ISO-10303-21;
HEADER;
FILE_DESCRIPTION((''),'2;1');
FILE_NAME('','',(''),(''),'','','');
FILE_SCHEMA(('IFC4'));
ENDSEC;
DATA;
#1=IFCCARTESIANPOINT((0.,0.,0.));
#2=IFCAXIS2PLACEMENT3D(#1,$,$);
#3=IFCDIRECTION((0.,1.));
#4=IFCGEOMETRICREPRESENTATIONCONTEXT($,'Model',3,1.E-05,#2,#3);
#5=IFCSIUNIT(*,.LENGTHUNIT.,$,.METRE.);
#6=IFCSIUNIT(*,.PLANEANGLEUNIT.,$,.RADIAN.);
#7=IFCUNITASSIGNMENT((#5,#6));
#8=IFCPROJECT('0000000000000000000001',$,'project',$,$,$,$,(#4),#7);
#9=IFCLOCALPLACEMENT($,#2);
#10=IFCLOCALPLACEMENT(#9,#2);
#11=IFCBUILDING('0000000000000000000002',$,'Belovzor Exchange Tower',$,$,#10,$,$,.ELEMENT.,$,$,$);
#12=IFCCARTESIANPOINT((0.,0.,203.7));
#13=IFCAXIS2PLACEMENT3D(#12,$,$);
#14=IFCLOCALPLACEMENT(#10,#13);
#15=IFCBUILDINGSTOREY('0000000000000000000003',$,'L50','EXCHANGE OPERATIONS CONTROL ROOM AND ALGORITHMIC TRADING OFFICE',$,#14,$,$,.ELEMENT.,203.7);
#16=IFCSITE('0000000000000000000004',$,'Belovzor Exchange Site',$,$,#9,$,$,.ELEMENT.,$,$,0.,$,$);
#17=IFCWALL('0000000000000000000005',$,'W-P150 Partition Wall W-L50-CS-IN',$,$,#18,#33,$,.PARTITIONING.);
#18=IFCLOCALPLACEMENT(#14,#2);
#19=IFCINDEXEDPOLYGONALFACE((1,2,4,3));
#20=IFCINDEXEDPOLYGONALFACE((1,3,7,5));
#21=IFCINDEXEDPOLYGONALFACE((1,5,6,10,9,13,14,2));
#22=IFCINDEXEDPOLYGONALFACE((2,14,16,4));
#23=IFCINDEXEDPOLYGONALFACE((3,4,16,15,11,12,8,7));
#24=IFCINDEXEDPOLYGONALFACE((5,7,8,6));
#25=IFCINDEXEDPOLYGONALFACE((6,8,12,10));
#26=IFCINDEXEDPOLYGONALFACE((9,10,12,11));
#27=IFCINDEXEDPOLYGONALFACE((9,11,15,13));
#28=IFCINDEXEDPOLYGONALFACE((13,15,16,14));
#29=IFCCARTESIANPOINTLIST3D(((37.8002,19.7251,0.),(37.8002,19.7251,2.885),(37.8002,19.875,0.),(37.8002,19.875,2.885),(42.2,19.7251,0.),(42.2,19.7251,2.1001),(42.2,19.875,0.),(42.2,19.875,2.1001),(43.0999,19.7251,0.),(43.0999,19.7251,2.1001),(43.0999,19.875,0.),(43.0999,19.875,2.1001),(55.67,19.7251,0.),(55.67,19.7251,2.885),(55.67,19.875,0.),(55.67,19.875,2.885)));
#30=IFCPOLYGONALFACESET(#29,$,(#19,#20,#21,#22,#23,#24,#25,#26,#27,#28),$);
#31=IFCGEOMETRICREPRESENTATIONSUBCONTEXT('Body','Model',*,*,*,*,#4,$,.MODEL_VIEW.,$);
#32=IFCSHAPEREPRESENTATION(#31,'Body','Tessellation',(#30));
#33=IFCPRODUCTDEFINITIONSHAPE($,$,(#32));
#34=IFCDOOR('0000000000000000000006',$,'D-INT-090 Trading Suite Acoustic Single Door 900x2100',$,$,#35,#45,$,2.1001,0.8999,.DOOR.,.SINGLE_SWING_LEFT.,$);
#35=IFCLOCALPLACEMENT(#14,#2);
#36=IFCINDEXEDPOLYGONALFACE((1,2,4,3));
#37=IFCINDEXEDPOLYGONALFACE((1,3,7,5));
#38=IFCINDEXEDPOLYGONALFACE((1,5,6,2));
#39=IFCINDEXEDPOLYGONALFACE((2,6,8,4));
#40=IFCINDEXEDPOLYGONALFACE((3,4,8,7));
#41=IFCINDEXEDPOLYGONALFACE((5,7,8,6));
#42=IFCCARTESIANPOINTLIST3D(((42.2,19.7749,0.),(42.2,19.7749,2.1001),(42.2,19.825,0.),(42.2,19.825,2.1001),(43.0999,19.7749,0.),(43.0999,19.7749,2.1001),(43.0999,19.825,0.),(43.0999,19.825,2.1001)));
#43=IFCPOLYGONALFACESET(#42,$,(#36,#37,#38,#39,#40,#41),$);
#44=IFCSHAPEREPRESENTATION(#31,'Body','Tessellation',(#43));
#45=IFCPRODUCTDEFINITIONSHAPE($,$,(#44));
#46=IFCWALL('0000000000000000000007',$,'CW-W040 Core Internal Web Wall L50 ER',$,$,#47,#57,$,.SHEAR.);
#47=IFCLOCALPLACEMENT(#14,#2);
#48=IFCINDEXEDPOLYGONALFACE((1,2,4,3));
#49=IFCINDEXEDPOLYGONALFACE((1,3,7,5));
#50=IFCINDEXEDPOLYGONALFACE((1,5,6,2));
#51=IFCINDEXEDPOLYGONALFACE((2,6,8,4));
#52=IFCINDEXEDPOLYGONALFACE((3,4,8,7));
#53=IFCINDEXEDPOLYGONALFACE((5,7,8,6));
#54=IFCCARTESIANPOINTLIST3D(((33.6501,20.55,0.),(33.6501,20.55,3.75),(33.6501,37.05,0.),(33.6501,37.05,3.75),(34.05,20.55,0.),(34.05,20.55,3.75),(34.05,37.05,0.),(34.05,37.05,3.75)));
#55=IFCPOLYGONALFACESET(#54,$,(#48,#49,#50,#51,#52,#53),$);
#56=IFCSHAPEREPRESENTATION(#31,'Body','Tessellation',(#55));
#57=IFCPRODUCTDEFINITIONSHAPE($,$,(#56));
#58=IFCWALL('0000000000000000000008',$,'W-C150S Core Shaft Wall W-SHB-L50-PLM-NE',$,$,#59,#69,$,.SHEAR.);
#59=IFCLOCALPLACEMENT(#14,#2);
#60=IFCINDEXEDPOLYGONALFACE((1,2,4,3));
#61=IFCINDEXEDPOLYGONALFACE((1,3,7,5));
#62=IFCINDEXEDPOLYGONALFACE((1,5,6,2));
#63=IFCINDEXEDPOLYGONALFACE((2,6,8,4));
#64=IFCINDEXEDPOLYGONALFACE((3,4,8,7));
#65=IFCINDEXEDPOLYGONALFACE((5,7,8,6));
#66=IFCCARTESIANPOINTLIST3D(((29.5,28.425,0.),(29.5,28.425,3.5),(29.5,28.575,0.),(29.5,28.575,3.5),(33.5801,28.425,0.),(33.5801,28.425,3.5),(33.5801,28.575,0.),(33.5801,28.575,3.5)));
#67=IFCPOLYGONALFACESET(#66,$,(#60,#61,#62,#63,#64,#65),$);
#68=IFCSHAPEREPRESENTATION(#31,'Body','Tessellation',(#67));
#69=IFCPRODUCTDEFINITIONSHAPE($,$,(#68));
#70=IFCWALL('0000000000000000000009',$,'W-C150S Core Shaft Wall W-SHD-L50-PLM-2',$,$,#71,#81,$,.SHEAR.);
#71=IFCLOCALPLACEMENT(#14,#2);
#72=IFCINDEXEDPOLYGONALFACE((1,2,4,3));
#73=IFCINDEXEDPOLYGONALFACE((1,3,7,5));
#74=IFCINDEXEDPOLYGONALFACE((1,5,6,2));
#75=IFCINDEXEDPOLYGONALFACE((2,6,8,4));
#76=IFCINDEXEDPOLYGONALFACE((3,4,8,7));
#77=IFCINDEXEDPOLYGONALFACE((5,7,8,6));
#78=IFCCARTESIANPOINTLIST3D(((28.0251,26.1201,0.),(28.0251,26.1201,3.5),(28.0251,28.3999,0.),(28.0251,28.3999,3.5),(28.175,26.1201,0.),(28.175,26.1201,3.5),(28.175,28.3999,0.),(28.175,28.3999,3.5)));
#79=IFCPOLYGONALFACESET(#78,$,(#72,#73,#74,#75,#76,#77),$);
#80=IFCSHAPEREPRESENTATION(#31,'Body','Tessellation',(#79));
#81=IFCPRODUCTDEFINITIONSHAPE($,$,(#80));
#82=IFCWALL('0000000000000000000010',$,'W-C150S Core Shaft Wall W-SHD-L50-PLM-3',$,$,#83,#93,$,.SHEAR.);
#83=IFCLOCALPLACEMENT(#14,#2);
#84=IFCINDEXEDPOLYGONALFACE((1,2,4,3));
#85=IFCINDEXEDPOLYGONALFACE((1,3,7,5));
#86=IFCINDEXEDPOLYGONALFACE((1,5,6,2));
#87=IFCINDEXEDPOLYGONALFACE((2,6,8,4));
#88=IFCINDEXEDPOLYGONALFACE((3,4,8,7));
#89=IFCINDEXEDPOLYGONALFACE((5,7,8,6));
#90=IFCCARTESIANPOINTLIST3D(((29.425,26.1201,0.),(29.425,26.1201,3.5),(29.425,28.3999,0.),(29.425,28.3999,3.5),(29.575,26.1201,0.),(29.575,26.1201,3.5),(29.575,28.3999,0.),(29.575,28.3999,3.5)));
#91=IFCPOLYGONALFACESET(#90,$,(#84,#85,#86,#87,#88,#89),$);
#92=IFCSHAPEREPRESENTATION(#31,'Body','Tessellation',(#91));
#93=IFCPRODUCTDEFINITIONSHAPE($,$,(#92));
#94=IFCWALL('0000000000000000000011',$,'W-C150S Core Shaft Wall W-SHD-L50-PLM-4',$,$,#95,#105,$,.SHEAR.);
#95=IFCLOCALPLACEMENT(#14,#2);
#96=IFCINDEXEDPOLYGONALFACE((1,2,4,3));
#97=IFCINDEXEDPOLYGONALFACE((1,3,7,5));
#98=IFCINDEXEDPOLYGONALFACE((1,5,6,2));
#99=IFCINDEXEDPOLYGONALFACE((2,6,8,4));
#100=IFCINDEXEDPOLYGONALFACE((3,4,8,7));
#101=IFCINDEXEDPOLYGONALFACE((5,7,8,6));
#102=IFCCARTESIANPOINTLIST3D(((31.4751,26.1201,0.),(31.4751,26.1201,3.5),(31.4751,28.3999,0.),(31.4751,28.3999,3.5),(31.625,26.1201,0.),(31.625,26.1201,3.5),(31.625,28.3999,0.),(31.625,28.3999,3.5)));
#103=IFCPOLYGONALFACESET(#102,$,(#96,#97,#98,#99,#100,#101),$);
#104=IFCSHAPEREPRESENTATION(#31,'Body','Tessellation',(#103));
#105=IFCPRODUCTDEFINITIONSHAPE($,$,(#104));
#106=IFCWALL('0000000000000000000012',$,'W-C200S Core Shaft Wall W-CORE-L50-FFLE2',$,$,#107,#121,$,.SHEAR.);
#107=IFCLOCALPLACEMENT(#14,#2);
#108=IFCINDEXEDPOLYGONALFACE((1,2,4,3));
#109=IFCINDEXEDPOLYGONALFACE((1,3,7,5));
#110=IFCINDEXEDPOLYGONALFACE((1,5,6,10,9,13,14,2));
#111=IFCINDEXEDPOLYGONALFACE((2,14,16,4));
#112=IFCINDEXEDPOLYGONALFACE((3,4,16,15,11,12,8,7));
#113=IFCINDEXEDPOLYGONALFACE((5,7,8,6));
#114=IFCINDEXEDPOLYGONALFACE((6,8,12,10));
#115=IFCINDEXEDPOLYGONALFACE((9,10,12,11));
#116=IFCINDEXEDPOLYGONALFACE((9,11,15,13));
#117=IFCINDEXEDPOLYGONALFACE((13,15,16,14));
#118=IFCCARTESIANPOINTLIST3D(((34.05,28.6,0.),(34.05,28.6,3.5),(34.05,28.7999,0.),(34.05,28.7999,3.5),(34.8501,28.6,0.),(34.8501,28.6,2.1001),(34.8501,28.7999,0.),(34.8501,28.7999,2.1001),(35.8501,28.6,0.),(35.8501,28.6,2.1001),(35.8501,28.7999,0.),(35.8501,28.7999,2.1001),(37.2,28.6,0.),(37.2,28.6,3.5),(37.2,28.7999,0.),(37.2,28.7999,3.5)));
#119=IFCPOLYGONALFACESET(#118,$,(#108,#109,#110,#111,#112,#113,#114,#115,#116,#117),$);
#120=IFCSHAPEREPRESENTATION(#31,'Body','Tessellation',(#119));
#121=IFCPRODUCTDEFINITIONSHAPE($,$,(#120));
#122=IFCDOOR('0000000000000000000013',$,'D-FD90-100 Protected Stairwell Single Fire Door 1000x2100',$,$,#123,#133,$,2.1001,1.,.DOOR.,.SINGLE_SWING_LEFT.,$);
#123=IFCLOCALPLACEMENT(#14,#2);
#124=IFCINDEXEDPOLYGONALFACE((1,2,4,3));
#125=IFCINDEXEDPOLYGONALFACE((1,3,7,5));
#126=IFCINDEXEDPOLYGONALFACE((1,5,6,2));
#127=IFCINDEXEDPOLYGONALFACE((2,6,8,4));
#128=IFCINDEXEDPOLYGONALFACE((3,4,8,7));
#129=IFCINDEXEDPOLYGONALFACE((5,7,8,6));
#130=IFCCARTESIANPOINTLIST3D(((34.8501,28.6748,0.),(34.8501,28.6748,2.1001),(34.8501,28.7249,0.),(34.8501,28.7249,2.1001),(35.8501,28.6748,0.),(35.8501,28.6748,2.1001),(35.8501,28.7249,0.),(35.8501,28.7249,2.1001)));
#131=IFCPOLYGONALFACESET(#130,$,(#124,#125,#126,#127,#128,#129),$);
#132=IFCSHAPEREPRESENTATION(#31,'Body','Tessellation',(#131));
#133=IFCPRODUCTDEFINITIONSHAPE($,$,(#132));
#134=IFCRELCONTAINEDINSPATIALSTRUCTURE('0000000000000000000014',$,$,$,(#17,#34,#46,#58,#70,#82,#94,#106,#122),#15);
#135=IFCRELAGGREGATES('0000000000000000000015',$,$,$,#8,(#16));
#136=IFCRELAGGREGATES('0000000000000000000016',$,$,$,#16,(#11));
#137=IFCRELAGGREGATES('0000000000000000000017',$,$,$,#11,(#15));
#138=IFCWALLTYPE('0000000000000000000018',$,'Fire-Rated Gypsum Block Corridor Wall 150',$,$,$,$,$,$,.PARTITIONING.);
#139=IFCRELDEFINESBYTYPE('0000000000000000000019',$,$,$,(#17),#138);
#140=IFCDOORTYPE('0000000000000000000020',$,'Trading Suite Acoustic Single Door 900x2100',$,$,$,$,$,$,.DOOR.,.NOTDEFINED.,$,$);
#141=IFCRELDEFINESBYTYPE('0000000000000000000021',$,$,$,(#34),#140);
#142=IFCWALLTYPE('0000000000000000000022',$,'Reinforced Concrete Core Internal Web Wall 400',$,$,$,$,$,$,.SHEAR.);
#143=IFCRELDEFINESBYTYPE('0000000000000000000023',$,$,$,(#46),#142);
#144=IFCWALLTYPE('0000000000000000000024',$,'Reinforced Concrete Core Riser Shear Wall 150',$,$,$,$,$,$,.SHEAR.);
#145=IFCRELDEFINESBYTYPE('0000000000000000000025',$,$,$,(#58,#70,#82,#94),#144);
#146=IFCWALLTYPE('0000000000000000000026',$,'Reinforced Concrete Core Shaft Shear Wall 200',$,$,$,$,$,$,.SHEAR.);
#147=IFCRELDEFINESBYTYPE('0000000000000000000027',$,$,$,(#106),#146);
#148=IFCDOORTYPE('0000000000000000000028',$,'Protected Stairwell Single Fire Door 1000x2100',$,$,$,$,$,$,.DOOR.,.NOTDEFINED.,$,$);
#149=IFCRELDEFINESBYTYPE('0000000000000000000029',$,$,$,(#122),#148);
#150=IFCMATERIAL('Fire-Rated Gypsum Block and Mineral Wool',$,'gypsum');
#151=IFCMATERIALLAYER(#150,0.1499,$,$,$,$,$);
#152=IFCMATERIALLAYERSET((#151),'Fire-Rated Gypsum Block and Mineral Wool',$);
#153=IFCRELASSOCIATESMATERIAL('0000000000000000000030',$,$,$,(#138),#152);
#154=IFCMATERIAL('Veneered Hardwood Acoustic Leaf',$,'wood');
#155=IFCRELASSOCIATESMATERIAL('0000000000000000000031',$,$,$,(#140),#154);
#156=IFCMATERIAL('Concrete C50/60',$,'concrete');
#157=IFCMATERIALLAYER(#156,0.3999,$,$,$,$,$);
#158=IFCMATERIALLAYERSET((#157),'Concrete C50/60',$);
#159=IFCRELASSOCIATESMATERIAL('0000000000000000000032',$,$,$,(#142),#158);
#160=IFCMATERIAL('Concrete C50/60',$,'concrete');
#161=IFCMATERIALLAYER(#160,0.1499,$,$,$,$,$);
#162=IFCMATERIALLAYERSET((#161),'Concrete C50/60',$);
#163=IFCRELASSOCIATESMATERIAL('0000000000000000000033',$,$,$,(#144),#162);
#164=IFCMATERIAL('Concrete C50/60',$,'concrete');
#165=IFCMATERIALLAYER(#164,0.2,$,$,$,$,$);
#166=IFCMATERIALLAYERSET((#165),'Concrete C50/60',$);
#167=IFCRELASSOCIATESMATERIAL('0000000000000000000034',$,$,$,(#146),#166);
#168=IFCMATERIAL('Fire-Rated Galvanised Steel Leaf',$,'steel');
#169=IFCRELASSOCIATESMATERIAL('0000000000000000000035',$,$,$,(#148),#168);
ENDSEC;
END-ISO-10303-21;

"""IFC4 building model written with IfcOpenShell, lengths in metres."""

from ifc_helpers import new_model, si_unit, direction, frame, frame_2d, origin, place, context, subcontext, project, spatial, rectangle, extrude, material, layer, layer_set, type_object, element, fill, save


model = new_model("IFC4")

# Units and contexts
model_context = context("Model", 3, precision=1e-05, world=origin(), true_north=direction((0.0, 1.0)))
body_context = subcontext(model_context, "Body", "Model", "MODEL_VIEW")
ifc_project = project(units=[si_unit("LENGTHUNIT", "METRE"), si_unit("PLANEANGLEUNIT", "RADIAN")], contexts=[model_context])

# Site, building, storey
site_placement = place(None, origin())
site = spatial("IfcSite", under=ifc_project, at=site_placement, Name="Belovzor Exchange Site", CompositionType="ELEMENT", RefElevation=0.0)
building_placement = place(site_placement, origin())
building = spatial("IfcBuilding", under=site, at=building_placement, Name="Belovzor Exchange Tower", CompositionType="ELEMENT")
storey_placement = place(building_placement, frame((0.0, 0.0, 203.7)))
storey = spatial("IfcBuildingStorey", under=building, at=storey_placement, Name="L50", Description="EXCHANGE OPERATIONS CONTROL ROOM AND ALGORITHMIC TRADING OFFICE", CompositionType="ELEMENT", Elevation=203.7)

# Shared definitions
ifc_material_1 = material(Name="Fire-Rated Gypsum Block and Mineral Wool", Category="gypsum")
ifc_layer_1 = layer(ifc_material_1, 0.1499)
ifc_layer_set_1 = layer_set([ifc_layer_1], Name="Fire-Rated Gypsum Block and Mineral Wool")
wall_type_1 = type_object("IfcWallType", Name="Fire-Rated Gypsum Block Corridor Wall 150", PredefinedType="PARTITIONING", material=ifc_layer_set_1)

# Wall, opening, door
wall_1_placement = place(storey_placement, frame((37.8, 19.8, 0.0), z_axis=(0.0, 0.0, 1.0), x_axis=(1.0, 0.0, 0.0)))
wall_1 = element("IfcWall", 1, at=wall_1_placement, inside=storey, type_object=wall_type_1, Name="W-P150 Partition Wall W-L50-CS-IN", PredefinedType="PARTITIONING", context=body_context, shape_type="SweptSolid", body=[
    extrude(rectangle(XDim=17.8699, YDim=0.1499, at=frame_2d((8.9351, 0.0))), origin(), (0.0, 0.0, 1.0), 2.885),
])
opening_1_placement = place(wall_1_placement, frame((4.3999, 0.0, 0.0)))
opening_1 = element("IfcOpeningElement", 2, at=opening_1_placement, cuts=wall_1, PredefinedType="OPENING", context=body_context, shape_type="SweptSolid", body=[
    extrude(rectangle(XDim=0.8999, YDim=2.1001, at=frame_2d((0.45, 1.05))), frame((0.0, 0.085, 0.0), z_axis=(0.0, -1.0, 0.0), x_axis=(1.0, 0.0, 0.0)), (0.0, 0.0, 1.0), 0.1699),
])
ifc_material_2 = material(Name="Veneered Hardwood Acoustic Leaf", Category="wood")
door_type_1 = type_object("IfcDoorType", Name="Trading Suite Acoustic Single Door 900x2100", OperationType="NOTDEFINED", PredefinedType="DOOR", material=ifc_material_2)
door_1_placement = place(opening_1_placement, origin())
door_1 = element("IfcDoor", 3, at=door_1_placement, inside=storey, type_object=door_type_1, Name="D-INT-090 Trading Suite Acoustic Single Door 900x2100", OperationType="SINGLE_SWING_LEFT", OverallHeight=2.1001, OverallWidth=0.8999, PredefinedType="DOOR", context=body_context, shape_type="SweptSolid", body=[
    extrude(rectangle(XDim=0.8999, YDim=2.1001, at=frame_2d((0.45, 1.05))), frame((0.0, 0.0249, 0.0), z_axis=(0.0, -1.0, 0.0), x_axis=(1.0, 0.0, 0.0)), (0.0, 0.0, 1.0), 0.05),
])
fill(opening_1, door_1)

# Walls
ifc_material_3 = material(Name="Concrete C50/60", Category="concrete")
ifc_layer_2 = layer(ifc_material_3, 0.3999)
ifc_layer_set_2 = layer_set([ifc_layer_2], Name="Concrete C50/60")
wall_type_2 = type_object("IfcWallType", Name="Reinforced Concrete Core Internal Web Wall 400", PredefinedType="SHEAR", material=ifc_layer_set_2)
wall_2_placement = place(storey_placement, frame((33.8501, 20.55, 0.0), z_axis=(0.0, 0.0, 1.0), x_axis=(0.0, 1.0, 0.0)))
element("IfcWall", 4, at=wall_2_placement, inside=storey, type_object=wall_type_2, Name="CW-W040 Core Internal Web Wall L50 ER", PredefinedType="SHEAR", context=body_context, shape_type="SweptSolid", body=[
    extrude(rectangle(XDim=16.5, YDim=0.3999, at=frame_2d((8.25, 0.0))), origin(), (0.0, 0.0, 1.0), 3.75),
])
ifc_material_4 = material(Name="Concrete C50/60", Category="concrete")
ifc_layer_3 = layer(ifc_material_4, 0.1499)
ifc_layer_set_3 = layer_set([ifc_layer_3], Name="Concrete C50/60")
wall_type_3 = type_object("IfcWallType", Name="Reinforced Concrete Core Riser Shear Wall 150", PredefinedType="SHEAR", material=ifc_layer_set_3)
wall_3_placement = place(storey_placement, frame((29.5, 28.5, 0.0), z_axis=(0.0, 0.0, 1.0), x_axis=(1.0, 0.0, 0.0)))
element("IfcWall", 5, at=wall_3_placement, inside=storey, type_object=wall_type_3, Name="W-C150S Core Shaft Wall W-SHB-L50-PLM-NE", PredefinedType="SHEAR", context=body_context, shape_type="SweptSolid", body=[
    extrude(rectangle(XDim=4.0801, YDim=0.1499, at=frame_2d((2.04, 0.0))), origin(), (0.0, 0.0, 1.0), 3.5),
])
for number, where, z_axis, x_axis, name in (
    (6, (28.1001, 26.1201, 0.0), (0.0, 0.0, 1.0), (0.0, 1.0, 0.0), "W-C150S Core Shaft Wall W-SHD-L50-PLM-2"),
    (7, (29.5, 26.1201, 0.0), (0.0, 0.0, 1.0), (0.0, 1.0, 0.0), "W-C150S Core Shaft Wall W-SHD-L50-PLM-3"),
    (8, (31.55, 26.1201, 0.0), (0.0, 0.0, 1.0), (0.0, 1.0, 0.0), "W-C150S Core Shaft Wall W-SHD-L50-PLM-4"),
):
    element("IfcWall", number, at=place(storey_placement, frame(where, z_axis=z_axis, x_axis=x_axis)), inside=storey, type_object=wall_type_3, Name=name, PredefinedType="SHEAR", context=body_context, shape_type="SweptSolid", body=[
        extrude(rectangle(XDim=2.2798, YDim=0.1499, at=frame_2d((1.1399, 0.0))), origin(), (0.0, 0.0, 1.0), 3.5),
    ])

# Wall, opening, door
ifc_material_5 = material(Name="Concrete C50/60", Category="concrete")
ifc_layer_4 = layer(ifc_material_5, 0.2)
ifc_layer_set_4 = layer_set([ifc_layer_4], Name="Concrete C50/60")
wall_type_4 = type_object("IfcWallType", Name="Reinforced Concrete Core Shaft Shear Wall 200", PredefinedType="SHEAR", material=ifc_layer_set_4)
wall_4_placement = place(storey_placement, frame((34.05, 28.7, 0.0), z_axis=(0.0, 0.0, 1.0), x_axis=(1.0, 0.0, 0.0)))
wall_4 = element("IfcWall", 9, at=wall_4_placement, inside=storey, type_object=wall_type_4, Name="W-C200S Core Shaft Wall W-CORE-L50-FFLE2", PredefinedType="SHEAR", context=body_context, shape_type="SweptSolid", body=[
    extrude(rectangle(XDim=3.1499, YDim=0.2, at=frame_2d((1.575, 0.0))), origin(), (0.0, 0.0, 1.0), 3.5),
])
opening_2_placement = place(wall_4_placement, frame((0.8, 0.0, 0.0)))
opening_2 = element("IfcOpeningElement", 10, at=opening_2_placement, cuts=wall_4, PredefinedType="OPENING", context=body_context, shape_type="SweptSolid", body=[
    extrude(rectangle(XDim=1.0, YDim=2.1001, at=frame_2d((0.5, 1.05))), frame((0.0, 0.1099, 0.0), z_axis=(0.0, -1.0, 0.0), x_axis=(1.0, 0.0, 0.0)), (0.0, 0.0, 1.0), 0.22),
])
ifc_material_6 = material(Name="Fire-Rated Galvanised Steel Leaf", Category="steel")
door_type_2 = type_object("IfcDoorType", Name="Protected Stairwell Single Fire Door 1000x2100", OperationType="NOTDEFINED", PredefinedType="DOOR", material=ifc_material_6)
door_2_placement = place(opening_2_placement, origin())
door_2 = element("IfcDoor", 11, at=door_2_placement, inside=storey, type_object=door_type_2, Name="D-FD90-100 Protected Stairwell Single Fire Door 1000x2100", OperationType="SINGLE_SWING_LEFT", OverallHeight=2.1001, OverallWidth=1.0, PredefinedType="DOOR", context=body_context, shape_type="SweptSolid", body=[
    extrude(rectangle(XDim=1.0, YDim=2.1001, at=frame_2d((0.5, 1.05))), frame((0.0, 0.0249, 0.0), z_axis=(0.0, -1.0, 0.0), x_axis=(1.0, 0.0, 0.0)), (0.0, 0.0, 1.0), 0.05),
])
fill(opening_2, door_2)

save(model, "model.ifc")
